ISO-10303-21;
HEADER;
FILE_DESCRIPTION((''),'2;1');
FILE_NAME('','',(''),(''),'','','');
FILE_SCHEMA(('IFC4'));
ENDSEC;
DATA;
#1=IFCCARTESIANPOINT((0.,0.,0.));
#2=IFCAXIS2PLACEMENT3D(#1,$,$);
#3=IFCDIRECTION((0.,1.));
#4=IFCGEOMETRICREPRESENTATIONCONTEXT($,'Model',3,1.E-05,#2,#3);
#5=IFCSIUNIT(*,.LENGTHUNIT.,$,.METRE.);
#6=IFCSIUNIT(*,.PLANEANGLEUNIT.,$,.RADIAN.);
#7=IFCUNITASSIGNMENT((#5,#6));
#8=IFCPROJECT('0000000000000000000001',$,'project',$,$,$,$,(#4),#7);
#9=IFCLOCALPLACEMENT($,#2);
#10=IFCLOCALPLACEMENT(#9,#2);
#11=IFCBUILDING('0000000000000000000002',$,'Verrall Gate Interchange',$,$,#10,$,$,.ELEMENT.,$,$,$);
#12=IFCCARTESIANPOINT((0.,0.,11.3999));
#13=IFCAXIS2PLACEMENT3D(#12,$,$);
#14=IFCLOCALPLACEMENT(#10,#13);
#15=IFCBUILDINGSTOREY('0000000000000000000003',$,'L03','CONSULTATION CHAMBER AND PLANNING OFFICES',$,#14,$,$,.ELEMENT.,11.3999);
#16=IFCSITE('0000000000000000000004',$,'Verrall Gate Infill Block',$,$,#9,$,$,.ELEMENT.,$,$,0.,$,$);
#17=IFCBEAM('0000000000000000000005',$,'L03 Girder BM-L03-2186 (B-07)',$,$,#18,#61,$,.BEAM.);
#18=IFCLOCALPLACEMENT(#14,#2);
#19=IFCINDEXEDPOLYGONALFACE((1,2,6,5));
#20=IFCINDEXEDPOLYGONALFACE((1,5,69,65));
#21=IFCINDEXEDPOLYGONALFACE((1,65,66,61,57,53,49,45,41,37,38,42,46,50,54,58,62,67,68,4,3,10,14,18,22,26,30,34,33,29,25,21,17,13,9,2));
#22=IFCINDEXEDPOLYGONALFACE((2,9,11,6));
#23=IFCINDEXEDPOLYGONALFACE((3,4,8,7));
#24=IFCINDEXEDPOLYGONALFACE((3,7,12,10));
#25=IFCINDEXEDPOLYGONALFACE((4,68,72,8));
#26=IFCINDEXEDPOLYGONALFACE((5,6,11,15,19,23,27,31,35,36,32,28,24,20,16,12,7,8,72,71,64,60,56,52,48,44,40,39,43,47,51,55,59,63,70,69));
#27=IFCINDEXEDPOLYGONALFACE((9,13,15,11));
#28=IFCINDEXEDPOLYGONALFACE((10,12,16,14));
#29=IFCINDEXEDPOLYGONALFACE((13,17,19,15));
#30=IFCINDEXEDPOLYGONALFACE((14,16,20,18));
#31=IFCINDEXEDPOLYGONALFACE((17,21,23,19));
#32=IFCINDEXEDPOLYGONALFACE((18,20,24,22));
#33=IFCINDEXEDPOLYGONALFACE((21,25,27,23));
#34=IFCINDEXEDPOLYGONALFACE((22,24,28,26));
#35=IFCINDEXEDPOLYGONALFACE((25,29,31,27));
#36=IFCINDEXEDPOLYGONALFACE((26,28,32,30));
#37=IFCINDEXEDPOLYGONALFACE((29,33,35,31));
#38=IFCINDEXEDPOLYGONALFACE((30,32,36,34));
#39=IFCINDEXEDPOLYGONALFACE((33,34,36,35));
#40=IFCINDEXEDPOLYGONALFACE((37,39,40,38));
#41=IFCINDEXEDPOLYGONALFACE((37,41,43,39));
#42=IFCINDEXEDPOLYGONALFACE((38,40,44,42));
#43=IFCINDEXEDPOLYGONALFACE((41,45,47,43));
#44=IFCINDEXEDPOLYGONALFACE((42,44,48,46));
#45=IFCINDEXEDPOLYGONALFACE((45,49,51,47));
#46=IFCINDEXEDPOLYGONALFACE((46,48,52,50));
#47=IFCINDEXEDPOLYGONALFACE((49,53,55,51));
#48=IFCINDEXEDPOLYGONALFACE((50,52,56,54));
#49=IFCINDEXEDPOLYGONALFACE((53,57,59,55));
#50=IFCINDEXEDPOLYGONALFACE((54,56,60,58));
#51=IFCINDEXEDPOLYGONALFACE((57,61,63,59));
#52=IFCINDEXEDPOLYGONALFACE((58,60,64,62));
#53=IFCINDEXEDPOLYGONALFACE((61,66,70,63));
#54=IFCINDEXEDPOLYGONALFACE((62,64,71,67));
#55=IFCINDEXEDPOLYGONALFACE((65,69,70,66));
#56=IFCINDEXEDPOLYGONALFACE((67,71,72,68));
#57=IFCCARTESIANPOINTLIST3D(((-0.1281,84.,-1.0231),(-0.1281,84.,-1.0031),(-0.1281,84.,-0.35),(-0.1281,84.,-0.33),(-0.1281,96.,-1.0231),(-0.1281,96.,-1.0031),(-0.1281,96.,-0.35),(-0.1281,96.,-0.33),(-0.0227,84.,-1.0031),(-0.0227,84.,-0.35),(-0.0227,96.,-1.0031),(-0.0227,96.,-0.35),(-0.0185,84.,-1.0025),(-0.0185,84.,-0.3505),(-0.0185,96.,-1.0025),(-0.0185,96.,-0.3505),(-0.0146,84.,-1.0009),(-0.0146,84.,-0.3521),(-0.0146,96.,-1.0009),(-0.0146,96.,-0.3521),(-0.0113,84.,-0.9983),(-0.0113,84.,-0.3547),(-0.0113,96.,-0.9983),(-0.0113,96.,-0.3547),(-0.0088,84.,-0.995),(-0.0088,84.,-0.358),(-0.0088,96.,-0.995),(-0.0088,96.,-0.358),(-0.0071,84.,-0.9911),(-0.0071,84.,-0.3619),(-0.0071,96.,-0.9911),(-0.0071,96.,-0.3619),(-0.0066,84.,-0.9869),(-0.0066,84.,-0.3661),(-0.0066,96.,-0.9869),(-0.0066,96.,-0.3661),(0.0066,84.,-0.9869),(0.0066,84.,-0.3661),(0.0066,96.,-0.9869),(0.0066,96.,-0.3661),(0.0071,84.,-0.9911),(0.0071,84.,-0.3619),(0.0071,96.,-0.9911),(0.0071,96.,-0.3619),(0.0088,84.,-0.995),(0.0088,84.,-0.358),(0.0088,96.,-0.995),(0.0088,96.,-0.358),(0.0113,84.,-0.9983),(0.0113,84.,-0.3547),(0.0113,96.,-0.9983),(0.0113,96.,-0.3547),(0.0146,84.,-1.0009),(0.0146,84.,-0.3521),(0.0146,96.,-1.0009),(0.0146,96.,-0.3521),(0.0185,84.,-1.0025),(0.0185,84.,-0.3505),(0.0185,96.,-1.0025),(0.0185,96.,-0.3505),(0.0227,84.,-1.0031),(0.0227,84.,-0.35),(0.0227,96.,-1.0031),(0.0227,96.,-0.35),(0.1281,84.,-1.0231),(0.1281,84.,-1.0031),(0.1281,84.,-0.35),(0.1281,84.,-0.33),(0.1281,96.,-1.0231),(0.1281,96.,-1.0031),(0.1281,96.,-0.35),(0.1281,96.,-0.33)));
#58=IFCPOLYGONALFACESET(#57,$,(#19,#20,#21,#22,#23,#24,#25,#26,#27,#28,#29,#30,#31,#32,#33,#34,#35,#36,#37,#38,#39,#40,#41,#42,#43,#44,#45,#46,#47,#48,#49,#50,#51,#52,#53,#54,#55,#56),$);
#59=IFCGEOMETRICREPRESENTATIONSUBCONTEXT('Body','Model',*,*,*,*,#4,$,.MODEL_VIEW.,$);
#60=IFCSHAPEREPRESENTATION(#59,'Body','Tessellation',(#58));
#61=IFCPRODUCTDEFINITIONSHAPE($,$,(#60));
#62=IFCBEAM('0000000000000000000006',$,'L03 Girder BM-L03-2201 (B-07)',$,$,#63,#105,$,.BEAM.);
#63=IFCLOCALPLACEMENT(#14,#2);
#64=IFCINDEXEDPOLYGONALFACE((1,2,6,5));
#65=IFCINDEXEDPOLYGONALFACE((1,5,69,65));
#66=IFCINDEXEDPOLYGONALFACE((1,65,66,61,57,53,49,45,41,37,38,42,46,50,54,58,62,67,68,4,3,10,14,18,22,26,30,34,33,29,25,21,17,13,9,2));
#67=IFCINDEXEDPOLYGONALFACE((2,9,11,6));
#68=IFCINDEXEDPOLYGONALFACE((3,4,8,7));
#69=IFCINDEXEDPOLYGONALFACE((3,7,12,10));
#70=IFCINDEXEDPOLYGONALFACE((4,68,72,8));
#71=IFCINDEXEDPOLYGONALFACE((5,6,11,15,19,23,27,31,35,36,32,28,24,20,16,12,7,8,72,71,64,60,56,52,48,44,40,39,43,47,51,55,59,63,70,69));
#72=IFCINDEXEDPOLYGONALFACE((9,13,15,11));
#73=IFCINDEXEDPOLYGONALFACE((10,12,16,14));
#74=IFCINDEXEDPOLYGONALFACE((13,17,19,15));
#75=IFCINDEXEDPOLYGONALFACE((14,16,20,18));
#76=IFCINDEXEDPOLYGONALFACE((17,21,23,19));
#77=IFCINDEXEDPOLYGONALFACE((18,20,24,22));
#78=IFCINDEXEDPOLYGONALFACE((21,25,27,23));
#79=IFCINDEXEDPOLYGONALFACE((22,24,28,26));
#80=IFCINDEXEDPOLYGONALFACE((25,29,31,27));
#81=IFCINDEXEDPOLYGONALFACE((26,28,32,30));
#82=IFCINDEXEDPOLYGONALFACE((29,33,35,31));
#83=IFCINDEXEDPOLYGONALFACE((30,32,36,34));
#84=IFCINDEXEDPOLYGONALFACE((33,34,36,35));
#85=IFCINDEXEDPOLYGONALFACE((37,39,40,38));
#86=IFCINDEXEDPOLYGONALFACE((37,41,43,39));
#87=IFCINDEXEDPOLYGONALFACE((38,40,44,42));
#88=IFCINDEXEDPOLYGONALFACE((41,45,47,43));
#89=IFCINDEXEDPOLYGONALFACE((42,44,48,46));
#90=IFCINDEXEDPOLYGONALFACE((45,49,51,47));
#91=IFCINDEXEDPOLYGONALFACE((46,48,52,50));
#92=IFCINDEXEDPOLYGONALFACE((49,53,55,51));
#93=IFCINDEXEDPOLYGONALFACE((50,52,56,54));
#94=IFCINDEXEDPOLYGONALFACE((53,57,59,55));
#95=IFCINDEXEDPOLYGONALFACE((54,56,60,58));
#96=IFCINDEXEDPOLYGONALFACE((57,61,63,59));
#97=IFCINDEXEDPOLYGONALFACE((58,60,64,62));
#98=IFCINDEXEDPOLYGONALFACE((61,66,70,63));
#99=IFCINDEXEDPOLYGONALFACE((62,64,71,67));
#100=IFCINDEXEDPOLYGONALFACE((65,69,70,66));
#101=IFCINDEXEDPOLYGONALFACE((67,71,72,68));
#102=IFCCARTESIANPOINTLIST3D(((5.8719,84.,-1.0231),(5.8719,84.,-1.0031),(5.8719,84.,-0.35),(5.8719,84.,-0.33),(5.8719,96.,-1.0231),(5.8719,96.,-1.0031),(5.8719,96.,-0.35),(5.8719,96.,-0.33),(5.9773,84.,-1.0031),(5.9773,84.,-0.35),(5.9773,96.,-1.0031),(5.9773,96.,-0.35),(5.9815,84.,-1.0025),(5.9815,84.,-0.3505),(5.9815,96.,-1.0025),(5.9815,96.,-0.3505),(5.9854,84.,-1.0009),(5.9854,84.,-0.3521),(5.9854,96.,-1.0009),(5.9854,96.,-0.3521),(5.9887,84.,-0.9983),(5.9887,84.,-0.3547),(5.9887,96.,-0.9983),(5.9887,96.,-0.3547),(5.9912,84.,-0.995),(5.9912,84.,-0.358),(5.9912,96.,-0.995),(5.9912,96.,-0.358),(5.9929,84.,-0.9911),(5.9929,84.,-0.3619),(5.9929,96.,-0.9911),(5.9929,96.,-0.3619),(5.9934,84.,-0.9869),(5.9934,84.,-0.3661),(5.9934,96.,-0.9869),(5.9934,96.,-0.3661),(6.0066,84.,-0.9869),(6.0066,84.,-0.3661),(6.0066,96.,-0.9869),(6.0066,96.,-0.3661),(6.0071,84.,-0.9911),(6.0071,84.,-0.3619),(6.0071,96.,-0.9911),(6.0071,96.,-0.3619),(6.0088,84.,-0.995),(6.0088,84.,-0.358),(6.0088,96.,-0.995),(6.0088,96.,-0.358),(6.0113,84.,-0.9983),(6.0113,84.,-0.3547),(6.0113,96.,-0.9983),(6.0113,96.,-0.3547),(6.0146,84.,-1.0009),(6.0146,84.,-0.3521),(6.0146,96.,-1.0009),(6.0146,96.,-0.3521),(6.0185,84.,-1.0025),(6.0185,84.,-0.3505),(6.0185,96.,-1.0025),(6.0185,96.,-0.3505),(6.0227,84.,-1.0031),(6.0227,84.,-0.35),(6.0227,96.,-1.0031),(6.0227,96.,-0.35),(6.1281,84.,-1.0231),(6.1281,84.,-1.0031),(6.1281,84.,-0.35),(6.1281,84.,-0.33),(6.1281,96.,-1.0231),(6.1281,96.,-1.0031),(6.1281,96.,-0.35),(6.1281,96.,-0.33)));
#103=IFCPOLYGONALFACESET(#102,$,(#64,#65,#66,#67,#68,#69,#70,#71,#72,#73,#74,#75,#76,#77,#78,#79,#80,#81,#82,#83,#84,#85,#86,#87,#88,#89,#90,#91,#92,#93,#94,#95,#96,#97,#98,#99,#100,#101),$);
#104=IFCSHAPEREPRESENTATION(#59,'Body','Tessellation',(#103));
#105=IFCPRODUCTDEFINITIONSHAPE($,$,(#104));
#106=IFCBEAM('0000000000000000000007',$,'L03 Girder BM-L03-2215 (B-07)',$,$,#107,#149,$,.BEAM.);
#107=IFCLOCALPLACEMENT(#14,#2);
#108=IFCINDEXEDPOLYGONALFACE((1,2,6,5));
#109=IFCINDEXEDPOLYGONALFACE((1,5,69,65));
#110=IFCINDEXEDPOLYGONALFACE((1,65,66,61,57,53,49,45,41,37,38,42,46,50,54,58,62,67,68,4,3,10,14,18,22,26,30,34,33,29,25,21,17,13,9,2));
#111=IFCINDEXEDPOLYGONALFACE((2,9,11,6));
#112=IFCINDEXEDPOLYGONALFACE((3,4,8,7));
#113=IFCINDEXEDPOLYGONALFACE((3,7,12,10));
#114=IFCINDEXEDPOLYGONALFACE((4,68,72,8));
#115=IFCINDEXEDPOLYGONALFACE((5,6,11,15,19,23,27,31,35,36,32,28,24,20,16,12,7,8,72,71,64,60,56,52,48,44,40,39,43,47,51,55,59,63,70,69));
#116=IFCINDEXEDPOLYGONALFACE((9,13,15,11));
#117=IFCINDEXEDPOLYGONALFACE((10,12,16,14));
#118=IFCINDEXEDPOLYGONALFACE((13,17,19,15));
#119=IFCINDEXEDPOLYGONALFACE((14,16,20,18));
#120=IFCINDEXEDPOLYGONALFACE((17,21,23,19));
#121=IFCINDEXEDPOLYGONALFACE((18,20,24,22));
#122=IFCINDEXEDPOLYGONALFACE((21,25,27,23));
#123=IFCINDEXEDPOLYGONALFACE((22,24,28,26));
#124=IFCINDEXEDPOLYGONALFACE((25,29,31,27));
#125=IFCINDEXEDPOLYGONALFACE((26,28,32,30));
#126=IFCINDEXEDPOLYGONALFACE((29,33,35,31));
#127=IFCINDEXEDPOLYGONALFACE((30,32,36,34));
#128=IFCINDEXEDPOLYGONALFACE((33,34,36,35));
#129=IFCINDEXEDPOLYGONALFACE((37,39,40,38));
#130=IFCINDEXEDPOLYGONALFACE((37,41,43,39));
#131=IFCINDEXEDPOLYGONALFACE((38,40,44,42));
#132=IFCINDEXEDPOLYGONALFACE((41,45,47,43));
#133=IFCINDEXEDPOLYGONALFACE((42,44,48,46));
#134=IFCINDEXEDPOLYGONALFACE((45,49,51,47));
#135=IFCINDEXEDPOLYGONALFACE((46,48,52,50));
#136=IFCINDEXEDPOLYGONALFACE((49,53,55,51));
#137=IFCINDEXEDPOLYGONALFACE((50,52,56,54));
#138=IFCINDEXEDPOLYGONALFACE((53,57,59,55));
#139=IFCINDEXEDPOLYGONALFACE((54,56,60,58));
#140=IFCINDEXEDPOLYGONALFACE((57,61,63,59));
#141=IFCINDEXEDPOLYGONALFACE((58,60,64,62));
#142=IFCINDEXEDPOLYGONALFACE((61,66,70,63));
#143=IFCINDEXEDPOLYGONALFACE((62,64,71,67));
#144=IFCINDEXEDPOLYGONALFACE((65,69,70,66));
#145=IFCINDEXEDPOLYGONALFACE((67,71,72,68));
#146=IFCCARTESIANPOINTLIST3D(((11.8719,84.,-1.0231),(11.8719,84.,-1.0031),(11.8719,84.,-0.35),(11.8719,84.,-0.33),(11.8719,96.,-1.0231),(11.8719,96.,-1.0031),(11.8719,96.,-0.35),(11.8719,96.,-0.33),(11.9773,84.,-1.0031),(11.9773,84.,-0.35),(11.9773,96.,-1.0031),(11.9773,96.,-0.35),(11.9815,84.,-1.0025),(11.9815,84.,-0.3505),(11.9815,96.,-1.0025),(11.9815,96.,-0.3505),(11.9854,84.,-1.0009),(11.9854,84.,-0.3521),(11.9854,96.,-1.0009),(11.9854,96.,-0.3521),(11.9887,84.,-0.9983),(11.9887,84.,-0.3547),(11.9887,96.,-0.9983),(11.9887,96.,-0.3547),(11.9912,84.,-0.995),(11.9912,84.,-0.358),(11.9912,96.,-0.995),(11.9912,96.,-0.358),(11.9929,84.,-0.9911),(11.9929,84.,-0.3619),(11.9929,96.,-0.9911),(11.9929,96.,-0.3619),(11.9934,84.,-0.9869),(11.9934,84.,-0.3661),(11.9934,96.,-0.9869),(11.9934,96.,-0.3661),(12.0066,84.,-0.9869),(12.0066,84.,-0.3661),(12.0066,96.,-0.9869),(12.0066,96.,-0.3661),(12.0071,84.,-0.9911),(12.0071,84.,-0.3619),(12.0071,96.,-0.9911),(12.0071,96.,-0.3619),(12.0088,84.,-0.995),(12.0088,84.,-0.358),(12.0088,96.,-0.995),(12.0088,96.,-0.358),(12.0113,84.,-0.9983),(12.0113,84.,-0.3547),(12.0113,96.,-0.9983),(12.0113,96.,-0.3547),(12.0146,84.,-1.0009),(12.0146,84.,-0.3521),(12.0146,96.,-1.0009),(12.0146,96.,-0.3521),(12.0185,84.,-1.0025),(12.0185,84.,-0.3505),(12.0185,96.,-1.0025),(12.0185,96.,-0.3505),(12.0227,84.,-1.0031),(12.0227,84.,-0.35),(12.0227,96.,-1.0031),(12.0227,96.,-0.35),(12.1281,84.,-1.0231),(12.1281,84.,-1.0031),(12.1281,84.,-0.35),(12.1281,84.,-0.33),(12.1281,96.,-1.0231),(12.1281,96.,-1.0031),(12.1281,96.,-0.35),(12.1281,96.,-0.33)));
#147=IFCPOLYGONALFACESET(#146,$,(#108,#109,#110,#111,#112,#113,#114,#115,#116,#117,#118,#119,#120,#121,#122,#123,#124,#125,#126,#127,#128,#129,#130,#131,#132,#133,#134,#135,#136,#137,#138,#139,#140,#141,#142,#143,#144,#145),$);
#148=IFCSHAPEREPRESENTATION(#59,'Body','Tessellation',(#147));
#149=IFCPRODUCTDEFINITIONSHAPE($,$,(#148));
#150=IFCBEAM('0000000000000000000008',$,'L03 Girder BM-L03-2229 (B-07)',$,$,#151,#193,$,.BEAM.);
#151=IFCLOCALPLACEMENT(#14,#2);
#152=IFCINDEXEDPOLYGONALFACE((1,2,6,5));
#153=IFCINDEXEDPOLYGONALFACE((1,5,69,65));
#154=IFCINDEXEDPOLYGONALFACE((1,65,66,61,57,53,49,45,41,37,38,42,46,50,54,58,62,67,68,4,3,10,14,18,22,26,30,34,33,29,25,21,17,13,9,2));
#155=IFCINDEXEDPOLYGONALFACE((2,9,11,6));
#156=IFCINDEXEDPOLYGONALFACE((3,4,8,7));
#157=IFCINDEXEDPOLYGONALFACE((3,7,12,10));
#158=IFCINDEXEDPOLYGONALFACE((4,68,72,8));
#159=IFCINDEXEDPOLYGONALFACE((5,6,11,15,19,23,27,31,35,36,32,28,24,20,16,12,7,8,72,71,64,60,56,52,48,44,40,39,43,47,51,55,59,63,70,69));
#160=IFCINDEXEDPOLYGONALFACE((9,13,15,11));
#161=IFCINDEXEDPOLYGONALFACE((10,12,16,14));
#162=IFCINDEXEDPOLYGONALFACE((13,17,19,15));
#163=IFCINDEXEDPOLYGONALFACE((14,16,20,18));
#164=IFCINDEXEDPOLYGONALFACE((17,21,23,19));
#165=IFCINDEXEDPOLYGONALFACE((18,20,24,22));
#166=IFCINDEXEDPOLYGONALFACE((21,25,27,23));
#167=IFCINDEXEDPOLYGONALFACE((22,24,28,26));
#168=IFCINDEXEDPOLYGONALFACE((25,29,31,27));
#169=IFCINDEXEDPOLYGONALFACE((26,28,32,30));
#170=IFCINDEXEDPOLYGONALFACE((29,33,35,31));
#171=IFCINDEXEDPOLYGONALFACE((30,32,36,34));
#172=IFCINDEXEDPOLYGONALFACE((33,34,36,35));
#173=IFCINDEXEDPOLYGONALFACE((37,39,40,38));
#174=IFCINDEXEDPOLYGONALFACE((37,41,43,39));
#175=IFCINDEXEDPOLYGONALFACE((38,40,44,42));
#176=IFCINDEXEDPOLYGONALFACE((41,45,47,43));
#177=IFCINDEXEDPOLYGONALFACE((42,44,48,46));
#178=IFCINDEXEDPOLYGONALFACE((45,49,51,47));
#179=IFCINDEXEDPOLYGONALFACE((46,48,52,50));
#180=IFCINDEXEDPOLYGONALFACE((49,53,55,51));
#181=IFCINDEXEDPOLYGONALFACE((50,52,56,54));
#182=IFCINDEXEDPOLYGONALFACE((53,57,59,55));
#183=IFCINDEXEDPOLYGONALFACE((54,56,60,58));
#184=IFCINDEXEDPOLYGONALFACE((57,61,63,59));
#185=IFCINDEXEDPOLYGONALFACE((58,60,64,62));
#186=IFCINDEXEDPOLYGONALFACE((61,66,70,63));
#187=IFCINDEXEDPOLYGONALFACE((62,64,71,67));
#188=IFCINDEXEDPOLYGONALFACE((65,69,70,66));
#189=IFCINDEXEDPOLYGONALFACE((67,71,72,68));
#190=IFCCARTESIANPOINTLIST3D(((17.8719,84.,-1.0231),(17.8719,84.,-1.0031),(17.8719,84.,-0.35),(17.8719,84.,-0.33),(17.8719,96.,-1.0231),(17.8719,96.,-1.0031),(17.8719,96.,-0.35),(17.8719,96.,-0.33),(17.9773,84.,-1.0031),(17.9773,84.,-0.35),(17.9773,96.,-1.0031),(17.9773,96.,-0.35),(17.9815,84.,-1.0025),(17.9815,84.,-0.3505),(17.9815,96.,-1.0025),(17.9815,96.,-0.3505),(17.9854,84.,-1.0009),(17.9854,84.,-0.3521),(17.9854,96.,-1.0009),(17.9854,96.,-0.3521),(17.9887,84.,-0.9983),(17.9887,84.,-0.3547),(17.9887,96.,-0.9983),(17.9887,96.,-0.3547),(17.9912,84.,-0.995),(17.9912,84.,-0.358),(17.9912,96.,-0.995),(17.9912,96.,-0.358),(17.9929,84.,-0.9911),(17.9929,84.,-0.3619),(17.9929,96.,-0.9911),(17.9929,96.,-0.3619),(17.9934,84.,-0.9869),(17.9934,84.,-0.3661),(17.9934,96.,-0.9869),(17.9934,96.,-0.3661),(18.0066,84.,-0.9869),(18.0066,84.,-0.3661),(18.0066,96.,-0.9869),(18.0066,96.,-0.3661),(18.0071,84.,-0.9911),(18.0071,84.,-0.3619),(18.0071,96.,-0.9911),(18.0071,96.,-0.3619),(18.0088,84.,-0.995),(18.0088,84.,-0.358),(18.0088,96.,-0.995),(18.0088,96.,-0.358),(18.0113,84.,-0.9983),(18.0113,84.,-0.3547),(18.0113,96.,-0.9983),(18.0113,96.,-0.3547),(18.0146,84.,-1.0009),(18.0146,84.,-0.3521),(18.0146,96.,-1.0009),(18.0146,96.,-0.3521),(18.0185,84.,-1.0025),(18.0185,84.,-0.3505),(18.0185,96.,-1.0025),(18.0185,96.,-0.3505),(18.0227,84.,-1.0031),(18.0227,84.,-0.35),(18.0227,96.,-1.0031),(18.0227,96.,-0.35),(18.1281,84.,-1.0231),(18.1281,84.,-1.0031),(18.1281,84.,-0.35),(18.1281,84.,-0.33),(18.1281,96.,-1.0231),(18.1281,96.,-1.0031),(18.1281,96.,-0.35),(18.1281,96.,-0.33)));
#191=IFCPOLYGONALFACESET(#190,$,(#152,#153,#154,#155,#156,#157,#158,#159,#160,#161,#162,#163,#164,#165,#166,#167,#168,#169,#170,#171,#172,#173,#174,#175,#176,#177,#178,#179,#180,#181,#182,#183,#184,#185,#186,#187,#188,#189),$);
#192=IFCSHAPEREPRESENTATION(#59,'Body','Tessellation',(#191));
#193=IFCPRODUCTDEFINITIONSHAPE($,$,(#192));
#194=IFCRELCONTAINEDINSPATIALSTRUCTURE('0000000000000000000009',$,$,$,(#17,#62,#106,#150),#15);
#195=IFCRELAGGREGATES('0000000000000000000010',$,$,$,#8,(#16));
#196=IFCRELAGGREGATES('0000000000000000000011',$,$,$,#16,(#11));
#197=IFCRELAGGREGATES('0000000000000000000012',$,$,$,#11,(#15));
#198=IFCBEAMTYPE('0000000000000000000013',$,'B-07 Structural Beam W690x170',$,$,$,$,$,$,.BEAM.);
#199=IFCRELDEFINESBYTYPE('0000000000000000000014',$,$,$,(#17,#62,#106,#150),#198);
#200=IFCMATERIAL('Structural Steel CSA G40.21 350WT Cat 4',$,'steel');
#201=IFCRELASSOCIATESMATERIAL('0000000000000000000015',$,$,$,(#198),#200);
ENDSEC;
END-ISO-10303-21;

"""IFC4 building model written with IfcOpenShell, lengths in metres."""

from ifc_helpers import new_model, si_unit, direction, frame, origin, origin_2d, place, context, subcontext, project, spatial, i_section, extrude, material, material_profile, profile_set, type_object, element, save


model = new_model("IFC4")

# Units and contexts
model_context = context("Model", 3, precision=1e-05, world=origin(), true_north=direction((0.0, 1.0)))
body_context = subcontext(model_context, "Body", "Model", "MODEL_VIEW")
ifc_project = project(units=[si_unit("LENGTHUNIT", "METRE"), si_unit("PLANEANGLEUNIT", "RADIAN")], contexts=[model_context])

# Site, building, storey
site_placement = place(None, origin())
site = spatial("IfcSite", under=ifc_project, at=site_placement, Name="Verrall Gate Infill Block", CompositionType="ELEMENT", RefElevation=0.0)
building_placement = place(site_placement, origin())
building = spatial("IfcBuilding", under=site, at=building_placement, Name="Verrall Gate Interchange", CompositionType="ELEMENT")
storey_placement = place(building_placement, frame((0.0, 0.0, 11.3999)))
storey = spatial("IfcBuildingStorey", under=building, at=storey_placement, Name="L03", Description="CONSULTATION CHAMBER AND PLANNING OFFICES", CompositionType="ELEMENT", Elevation=11.3999)

# Beams
ifc_material_1 = material(Name="Structural Steel CSA G40.21 350WT Cat 4", Category="steel")
ifc_material_profile_1 = material_profile(ifc_material_1, i_section(OverallWidth=0.2561, OverallDepth=0.6931, WebThickness=0.0132, FlangeThickness=0.02, FilletRadius=0.0161, at=origin_2d()), Name="W690x170")
ifc_profile_set_1 = profile_set([ifc_material_profile_1], Name="Structural Steel CSA G40.21 350WT Cat 4")
beam_type_1 = type_object("IfcBeamType", Name="B-07 Structural Beam W690x170", PredefinedType="BEAM", material=ifc_profile_set_1)
for number, where, z_axis, x_axis, name in (
    (1, (0.0, 84.0, -0.6765), (0.0, 1.0, 0.0), (-1.0, 0.0, 0.0), "L03 Girder BM-L03-2186 (B-07)"),
    (2, (6.0, 84.0, -0.6765), (0.0, 1.0, 0.0), (-1.0, 0.0, 0.0), "L03 Girder BM-L03-2201 (B-07)"),
    (3, (12.0, 84.0, -0.6765), (0.0, 1.0, 0.0), (-1.0, 0.0, 0.0), "L03 Girder BM-L03-2215 (B-07)"),
    (4, (18.0, 84.0, -0.6765), (0.0, 1.0, 0.0), (-1.0, 0.0, 0.0), "L03 Girder BM-L03-2229 (B-07)"),
):
    element("IfcBeam", number, at=place(storey_placement, frame(where, z_axis=z_axis, x_axis=x_axis)), inside=storey, type_object=beam_type_1, Name=name, PredefinedType="BEAM", context=body_context, shape_type="SweptSolid", body=[
        extrude(i_section(OverallWidth=0.2561, OverallDepth=0.6931, WebThickness=0.0132, FlangeThickness=0.02, FilletRadius=0.0161, at=origin_2d()), origin(), (0.0, 0.0, 1.0), 12.0),
    ])

save(model, "model.ifc")
